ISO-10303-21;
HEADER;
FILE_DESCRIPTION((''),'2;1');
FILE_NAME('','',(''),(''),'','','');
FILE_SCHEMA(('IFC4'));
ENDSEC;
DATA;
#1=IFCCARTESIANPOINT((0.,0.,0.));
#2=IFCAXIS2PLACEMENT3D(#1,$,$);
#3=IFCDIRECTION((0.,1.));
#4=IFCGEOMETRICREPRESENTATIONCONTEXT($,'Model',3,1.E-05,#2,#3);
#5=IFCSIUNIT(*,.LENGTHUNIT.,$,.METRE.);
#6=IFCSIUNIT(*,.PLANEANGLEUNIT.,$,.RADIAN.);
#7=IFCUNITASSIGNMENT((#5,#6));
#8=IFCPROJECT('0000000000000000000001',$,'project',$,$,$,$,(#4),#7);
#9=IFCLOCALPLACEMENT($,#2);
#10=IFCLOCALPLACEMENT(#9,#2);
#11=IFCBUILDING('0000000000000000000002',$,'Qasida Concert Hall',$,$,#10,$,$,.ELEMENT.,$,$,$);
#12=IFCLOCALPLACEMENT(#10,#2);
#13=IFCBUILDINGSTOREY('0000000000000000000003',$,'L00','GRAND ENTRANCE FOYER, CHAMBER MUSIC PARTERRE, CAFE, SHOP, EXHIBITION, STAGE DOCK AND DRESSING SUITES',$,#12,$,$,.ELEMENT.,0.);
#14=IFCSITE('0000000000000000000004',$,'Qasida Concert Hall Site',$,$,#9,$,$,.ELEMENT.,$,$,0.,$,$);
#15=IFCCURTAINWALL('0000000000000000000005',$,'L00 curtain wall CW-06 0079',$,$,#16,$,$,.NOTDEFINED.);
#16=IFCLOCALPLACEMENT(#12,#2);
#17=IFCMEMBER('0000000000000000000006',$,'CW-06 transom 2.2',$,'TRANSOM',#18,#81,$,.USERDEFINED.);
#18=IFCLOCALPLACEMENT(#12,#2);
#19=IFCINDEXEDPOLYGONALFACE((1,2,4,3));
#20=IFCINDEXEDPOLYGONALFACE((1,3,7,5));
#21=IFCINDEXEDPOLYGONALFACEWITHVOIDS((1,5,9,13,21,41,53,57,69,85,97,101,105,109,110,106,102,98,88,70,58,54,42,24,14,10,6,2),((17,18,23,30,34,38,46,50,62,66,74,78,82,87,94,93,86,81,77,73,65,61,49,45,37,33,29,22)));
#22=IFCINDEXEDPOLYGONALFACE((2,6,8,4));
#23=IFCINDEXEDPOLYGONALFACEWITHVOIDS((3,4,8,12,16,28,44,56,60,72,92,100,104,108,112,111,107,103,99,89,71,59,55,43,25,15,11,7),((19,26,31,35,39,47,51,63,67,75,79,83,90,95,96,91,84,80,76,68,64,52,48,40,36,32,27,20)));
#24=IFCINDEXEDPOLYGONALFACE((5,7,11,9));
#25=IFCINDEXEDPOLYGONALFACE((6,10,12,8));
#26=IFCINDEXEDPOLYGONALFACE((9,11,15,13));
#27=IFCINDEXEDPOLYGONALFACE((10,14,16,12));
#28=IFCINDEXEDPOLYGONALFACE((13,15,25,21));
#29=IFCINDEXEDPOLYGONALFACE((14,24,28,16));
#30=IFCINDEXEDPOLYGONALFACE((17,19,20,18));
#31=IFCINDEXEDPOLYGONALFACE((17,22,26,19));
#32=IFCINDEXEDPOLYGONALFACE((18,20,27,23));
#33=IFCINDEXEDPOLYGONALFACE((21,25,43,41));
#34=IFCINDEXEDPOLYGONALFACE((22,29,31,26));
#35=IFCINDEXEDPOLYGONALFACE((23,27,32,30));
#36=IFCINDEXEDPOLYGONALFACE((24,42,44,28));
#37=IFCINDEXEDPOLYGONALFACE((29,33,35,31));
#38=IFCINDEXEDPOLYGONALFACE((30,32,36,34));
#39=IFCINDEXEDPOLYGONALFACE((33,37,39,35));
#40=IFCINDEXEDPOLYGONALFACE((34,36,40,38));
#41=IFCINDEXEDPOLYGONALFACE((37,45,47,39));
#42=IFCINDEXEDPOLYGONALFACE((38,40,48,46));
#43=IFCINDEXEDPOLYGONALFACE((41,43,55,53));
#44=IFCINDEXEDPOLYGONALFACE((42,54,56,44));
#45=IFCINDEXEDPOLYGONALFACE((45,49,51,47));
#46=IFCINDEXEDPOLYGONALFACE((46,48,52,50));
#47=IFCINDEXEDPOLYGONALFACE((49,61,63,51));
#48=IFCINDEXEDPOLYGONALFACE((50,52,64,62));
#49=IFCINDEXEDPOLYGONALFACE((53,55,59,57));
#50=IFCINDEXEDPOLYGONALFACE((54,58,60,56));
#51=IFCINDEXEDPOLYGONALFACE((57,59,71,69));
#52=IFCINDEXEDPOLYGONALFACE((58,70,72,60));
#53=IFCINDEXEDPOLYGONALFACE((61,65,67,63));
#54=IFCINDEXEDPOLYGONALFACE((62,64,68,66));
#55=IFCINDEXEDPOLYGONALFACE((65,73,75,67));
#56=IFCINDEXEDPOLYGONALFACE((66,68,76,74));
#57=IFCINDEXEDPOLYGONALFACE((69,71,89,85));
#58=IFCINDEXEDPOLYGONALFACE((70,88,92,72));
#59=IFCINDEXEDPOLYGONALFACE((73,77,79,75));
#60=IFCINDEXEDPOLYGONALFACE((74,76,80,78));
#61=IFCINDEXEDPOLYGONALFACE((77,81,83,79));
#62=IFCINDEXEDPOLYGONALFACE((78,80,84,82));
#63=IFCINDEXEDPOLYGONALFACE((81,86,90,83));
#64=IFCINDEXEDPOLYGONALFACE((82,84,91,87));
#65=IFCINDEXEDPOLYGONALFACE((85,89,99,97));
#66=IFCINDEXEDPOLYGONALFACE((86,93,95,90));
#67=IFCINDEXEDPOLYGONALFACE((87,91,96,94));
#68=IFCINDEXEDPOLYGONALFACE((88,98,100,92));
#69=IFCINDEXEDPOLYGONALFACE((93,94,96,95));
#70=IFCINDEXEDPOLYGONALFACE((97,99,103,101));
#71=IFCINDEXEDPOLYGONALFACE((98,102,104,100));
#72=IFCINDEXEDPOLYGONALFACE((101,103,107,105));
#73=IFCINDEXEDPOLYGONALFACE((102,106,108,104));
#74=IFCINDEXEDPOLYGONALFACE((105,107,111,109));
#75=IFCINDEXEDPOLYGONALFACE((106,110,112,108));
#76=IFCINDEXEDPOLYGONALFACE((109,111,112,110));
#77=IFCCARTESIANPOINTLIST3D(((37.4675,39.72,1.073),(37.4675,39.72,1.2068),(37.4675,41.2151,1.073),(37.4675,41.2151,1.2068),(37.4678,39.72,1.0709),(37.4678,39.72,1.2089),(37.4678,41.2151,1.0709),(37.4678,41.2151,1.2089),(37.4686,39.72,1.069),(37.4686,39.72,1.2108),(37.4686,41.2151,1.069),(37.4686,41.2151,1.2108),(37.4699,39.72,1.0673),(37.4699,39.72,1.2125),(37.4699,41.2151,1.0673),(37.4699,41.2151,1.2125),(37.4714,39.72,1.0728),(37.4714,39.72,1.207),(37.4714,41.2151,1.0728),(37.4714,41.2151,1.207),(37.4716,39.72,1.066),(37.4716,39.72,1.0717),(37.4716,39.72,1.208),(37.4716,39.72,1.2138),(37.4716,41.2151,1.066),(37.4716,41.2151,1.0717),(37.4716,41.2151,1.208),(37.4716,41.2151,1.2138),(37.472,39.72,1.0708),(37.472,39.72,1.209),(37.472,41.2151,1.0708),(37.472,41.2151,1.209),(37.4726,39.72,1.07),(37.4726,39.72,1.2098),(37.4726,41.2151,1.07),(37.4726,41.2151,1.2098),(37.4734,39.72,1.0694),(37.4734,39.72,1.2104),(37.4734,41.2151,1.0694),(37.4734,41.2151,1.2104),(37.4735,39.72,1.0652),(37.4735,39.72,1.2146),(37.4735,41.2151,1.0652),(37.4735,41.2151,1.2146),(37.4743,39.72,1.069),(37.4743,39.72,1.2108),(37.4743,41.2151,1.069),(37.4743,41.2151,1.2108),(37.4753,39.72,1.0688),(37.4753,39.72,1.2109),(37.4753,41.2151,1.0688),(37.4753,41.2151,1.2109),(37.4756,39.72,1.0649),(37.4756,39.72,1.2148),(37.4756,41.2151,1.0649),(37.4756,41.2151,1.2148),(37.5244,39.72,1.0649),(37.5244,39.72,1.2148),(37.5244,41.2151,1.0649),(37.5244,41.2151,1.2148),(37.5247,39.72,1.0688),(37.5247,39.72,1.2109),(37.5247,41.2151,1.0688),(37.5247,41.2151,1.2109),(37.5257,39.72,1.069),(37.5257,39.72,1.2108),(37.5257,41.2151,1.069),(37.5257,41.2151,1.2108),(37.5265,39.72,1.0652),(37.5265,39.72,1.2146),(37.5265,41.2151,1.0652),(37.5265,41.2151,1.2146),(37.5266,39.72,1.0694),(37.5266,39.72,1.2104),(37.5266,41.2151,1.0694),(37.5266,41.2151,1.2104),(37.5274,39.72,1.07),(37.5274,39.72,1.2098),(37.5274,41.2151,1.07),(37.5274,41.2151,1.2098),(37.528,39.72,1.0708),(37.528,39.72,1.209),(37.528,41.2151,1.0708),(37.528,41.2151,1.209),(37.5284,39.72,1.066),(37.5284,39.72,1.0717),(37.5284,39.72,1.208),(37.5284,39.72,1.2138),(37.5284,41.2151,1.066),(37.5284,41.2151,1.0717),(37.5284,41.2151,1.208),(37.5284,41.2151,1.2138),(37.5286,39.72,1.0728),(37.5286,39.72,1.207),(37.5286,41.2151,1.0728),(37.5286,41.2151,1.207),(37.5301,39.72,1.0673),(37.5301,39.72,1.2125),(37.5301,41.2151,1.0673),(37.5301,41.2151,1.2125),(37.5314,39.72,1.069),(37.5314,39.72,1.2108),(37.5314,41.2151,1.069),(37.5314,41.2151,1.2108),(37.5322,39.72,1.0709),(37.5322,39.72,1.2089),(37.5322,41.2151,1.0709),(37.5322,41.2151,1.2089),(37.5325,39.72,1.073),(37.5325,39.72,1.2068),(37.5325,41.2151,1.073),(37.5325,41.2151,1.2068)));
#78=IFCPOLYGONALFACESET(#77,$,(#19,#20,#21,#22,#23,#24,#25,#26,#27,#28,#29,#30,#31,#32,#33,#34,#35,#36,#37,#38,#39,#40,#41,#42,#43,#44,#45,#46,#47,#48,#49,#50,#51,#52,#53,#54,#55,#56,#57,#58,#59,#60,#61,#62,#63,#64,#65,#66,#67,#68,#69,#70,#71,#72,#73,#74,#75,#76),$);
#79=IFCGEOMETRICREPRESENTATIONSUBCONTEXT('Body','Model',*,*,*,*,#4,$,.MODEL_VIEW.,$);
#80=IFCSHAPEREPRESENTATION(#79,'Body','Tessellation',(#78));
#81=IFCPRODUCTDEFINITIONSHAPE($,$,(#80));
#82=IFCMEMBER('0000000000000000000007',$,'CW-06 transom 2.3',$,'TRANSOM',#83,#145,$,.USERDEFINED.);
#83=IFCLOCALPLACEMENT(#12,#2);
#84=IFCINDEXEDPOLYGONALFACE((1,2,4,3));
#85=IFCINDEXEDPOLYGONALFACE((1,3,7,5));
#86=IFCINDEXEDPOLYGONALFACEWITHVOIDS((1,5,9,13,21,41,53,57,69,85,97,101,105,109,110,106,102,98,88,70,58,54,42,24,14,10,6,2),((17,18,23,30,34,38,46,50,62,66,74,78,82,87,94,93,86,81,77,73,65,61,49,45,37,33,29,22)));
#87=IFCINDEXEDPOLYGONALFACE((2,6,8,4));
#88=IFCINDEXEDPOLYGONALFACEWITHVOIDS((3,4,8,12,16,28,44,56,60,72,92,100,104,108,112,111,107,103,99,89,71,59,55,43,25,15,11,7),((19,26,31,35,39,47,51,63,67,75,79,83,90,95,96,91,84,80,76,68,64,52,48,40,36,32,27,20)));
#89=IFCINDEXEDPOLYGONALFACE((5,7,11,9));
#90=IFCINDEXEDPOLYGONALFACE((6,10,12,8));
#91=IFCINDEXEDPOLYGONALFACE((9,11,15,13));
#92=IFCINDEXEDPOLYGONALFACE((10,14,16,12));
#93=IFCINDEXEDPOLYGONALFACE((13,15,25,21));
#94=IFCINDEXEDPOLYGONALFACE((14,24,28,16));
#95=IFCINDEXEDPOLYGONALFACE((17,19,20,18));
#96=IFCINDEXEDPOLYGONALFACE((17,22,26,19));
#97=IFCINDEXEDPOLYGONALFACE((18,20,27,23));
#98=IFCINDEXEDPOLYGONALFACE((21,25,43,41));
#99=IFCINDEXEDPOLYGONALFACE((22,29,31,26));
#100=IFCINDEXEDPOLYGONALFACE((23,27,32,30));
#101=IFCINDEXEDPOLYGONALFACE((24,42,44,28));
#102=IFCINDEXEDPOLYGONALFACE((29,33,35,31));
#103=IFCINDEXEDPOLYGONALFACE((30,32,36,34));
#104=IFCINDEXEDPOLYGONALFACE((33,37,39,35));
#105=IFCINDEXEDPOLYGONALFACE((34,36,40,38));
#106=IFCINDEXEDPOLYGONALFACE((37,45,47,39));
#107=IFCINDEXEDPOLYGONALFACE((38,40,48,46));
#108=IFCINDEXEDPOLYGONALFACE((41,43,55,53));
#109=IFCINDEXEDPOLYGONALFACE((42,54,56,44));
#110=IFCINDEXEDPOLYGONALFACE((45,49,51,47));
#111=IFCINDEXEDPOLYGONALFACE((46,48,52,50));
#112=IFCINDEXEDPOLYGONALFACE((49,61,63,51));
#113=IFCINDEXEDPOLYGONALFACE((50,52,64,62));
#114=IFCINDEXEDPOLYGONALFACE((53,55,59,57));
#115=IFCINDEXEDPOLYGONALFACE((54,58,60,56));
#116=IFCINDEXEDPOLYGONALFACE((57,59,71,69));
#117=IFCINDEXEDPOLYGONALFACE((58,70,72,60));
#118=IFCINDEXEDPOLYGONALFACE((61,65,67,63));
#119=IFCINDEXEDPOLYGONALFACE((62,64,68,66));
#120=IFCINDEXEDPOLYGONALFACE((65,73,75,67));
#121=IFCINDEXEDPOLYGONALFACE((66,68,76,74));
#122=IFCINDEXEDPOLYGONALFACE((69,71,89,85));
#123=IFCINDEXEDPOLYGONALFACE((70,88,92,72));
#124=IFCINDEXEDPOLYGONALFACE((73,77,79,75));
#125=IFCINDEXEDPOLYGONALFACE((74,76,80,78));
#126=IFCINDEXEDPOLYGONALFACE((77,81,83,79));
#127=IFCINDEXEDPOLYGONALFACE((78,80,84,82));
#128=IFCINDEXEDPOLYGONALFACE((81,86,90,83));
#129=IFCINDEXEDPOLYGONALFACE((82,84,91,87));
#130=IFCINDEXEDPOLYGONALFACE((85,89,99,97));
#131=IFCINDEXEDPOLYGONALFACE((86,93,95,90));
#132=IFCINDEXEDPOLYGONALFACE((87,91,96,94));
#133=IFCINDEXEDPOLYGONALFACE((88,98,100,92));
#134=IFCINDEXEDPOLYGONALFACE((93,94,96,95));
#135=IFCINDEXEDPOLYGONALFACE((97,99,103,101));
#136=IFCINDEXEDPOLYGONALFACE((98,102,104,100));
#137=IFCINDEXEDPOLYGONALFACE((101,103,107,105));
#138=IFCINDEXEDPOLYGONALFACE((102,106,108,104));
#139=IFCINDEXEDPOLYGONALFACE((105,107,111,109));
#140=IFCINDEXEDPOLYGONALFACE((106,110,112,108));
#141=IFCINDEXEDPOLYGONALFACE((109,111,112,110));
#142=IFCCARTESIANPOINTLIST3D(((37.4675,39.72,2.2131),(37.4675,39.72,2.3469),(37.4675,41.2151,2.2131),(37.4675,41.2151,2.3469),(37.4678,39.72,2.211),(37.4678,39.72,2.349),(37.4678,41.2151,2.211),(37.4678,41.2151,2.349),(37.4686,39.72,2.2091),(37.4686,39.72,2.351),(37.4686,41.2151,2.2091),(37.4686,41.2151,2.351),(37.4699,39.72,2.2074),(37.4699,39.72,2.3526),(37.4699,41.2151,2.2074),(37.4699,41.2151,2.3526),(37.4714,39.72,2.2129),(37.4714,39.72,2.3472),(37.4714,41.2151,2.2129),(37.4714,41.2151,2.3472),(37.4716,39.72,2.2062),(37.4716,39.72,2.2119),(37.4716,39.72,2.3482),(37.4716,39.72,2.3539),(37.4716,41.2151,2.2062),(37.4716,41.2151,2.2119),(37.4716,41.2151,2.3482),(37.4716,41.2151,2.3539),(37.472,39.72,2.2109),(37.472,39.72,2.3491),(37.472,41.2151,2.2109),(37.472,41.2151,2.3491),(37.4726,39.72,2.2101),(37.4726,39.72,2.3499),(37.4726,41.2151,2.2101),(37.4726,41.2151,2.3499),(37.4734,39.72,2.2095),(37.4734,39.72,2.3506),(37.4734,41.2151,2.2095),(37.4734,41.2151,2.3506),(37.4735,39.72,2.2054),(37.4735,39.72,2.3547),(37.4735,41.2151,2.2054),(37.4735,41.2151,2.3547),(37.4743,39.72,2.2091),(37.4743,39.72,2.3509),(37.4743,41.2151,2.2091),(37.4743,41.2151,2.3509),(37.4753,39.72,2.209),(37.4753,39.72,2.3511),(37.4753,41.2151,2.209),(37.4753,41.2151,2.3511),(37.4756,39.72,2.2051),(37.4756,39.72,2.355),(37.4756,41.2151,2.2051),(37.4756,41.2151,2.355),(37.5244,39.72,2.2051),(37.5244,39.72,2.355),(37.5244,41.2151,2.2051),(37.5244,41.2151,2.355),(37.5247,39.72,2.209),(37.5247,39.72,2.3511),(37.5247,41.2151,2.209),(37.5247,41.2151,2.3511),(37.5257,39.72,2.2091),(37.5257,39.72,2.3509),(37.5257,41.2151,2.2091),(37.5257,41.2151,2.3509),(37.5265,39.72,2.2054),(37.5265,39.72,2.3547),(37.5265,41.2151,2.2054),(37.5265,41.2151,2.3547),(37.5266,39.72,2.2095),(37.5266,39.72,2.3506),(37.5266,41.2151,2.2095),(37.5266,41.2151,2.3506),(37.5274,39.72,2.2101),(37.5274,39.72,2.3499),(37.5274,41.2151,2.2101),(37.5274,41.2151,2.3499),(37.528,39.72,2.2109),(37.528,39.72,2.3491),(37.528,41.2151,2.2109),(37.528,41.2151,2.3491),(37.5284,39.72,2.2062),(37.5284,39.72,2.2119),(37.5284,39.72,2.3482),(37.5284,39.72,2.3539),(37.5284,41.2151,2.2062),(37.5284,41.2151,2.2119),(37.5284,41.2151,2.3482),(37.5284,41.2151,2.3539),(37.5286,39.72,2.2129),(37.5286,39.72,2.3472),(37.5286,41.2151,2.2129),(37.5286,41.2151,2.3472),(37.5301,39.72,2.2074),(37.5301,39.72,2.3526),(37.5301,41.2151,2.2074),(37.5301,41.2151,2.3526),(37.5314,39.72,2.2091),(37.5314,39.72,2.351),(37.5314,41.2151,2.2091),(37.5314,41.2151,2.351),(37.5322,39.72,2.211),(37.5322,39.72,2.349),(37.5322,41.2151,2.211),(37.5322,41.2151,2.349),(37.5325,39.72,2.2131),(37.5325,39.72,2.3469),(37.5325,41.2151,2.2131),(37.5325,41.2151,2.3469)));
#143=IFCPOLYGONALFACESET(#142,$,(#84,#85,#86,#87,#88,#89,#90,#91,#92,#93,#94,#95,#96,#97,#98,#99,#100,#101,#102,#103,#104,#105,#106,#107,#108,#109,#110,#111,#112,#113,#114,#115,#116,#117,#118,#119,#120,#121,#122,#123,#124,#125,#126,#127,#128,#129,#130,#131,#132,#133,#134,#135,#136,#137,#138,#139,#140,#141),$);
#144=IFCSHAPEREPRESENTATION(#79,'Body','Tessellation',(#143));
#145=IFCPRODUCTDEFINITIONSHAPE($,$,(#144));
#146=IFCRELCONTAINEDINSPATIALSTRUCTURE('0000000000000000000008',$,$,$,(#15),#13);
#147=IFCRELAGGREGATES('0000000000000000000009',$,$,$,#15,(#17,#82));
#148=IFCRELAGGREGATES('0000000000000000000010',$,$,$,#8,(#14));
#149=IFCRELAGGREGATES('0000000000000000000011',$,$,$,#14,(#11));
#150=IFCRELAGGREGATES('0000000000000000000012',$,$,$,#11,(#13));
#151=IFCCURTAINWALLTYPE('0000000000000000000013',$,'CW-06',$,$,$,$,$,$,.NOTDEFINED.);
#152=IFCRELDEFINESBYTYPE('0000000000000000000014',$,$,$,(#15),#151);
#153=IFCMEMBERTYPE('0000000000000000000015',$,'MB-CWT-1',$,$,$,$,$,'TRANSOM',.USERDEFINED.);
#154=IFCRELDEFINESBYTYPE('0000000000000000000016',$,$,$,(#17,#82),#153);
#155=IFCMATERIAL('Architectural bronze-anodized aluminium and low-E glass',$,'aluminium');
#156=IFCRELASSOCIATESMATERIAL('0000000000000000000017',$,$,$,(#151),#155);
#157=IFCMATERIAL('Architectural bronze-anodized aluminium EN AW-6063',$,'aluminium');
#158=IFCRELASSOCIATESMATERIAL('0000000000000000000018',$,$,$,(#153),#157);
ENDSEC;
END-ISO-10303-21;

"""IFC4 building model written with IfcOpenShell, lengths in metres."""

from ifc_helpers import new_model, si_unit, direction, frame, origin, origin_2d, place, context, subcontext, project, spatial, hollow_rectangle, extrude, material, material_profile, profile_set, type_object, element, aggregate, save


model = new_model("IFC4")

# Units and contexts
model_context = context("Model", 3, precision=1e-05, world=origin(), true_north=direction((0.0, 1.0)))
body_context = subcontext(model_context, "Body", "Model", "MODEL_VIEW")
ifc_project = project(units=[si_unit("LENGTHUNIT", "METRE"), si_unit("PLANEANGLEUNIT", "RADIAN")], contexts=[model_context])

# Site, building, storey
site_placement = place(None, origin())
site = spatial("IfcSite", under=ifc_project, at=site_placement, Name="Qasida Concert Hall Site", CompositionType="ELEMENT", RefElevation=0.0)
building_placement = place(site_placement, origin())
building = spatial("IfcBuilding", under=site, at=building_placement, Name="Qasida Concert Hall", CompositionType="ELEMENT")
storey_placement = place(building_placement, origin())
storey = spatial("IfcBuildingStorey", under=building, at=storey_placement, Name="L00", Description="GRAND ENTRANCE FOYER, CHAMBER MUSIC PARTERRE, CAFE, SHOP, EXHIBITION, STAGE DOCK AND DRESSING SUITES", CompositionType="ELEMENT", Elevation=0.0)

# Curtain wall, members
ifc_material_1 = material(Name="Architectural bronze-anodized aluminium and low-E glass", Category="aluminium")
curtain_wall_type = type_object("IfcCurtainWallType", Name="CW-06", PredefinedType="NOTDEFINED", material=ifc_material_1)
curtain_wall_placement = place(storey_placement, origin())
curtain_wall = element("IfcCurtainWall", 1, at=curtain_wall_placement, inside=storey, type_object=curtain_wall_type, Name="L00 curtain wall CW-06 0079", PredefinedType="NOTDEFINED")
ifc_material_2 = material(Name="Architectural bronze-anodized aluminium EN AW-6063", Category="aluminium")
ifc_material_profile_1 = material_profile(ifc_material_2, hollow_rectangle(XDim=0.0649, YDim=0.1499, WallThickness=0.0039, InnerFilletRadius=0.0039, OuterFilletRadius=0.0081, at=origin_2d()), Name="CWT 150x65x4")
ifc_profile_set_1 = profile_set([ifc_material_profile_1], Name="Architectural bronze-anodized aluminium EN AW-6063")
member_type_1 = type_object("IfcMemberType", Name="MB-CWT-1", ElementType="TRANSOM", PredefinedType="USERDEFINED", material=ifc_profile_set_1)
member_1_placement = place(storey_placement, frame((37.5, 39.72, 1.1399), z_axis=(0.0, 1.0, 0.0), x_axis=(-1.0, 0.0, 0.0)))
member_1 = element("IfcMember", 2, at=member_1_placement, type_object=member_type_1, Name="CW-06 transom 2.2", ObjectType="TRANSOM", PredefinedType="USERDEFINED", context=body_context, shape_type="SweptSolid", body=[
    extrude(hollow_rectangle(XDim=0.0649, YDim=0.1499, WallThickness=0.0039, InnerFilletRadius=0.0039, OuterFilletRadius=0.0081, at=origin_2d()), origin(), (0.0, 0.0, 1.0), 1.4951),
])
member_2_placement = place(storey_placement, frame((37.5, 39.72, 2.28), z_axis=(0.0, 1.0, 0.0), x_axis=(-1.0, 0.0, 0.0)))
member_2 = element("IfcMember", 3, at=member_2_placement, type_object=member_type_1, Name="CW-06 transom 2.3", ObjectType="TRANSOM", PredefinedType="USERDEFINED", context=body_context, shape_type="SweptSolid", body=[
    extrude(hollow_rectangle(XDim=0.0649, YDim=0.1499, WallThickness=0.0039, InnerFilletRadius=0.0039, OuterFilletRadius=0.0081, at=origin_2d()), origin(), (0.0, 0.0, 1.0), 1.4951),
])
aggregate(curtain_wall, [member_1, member_2])

save(model, "model.ifc")
